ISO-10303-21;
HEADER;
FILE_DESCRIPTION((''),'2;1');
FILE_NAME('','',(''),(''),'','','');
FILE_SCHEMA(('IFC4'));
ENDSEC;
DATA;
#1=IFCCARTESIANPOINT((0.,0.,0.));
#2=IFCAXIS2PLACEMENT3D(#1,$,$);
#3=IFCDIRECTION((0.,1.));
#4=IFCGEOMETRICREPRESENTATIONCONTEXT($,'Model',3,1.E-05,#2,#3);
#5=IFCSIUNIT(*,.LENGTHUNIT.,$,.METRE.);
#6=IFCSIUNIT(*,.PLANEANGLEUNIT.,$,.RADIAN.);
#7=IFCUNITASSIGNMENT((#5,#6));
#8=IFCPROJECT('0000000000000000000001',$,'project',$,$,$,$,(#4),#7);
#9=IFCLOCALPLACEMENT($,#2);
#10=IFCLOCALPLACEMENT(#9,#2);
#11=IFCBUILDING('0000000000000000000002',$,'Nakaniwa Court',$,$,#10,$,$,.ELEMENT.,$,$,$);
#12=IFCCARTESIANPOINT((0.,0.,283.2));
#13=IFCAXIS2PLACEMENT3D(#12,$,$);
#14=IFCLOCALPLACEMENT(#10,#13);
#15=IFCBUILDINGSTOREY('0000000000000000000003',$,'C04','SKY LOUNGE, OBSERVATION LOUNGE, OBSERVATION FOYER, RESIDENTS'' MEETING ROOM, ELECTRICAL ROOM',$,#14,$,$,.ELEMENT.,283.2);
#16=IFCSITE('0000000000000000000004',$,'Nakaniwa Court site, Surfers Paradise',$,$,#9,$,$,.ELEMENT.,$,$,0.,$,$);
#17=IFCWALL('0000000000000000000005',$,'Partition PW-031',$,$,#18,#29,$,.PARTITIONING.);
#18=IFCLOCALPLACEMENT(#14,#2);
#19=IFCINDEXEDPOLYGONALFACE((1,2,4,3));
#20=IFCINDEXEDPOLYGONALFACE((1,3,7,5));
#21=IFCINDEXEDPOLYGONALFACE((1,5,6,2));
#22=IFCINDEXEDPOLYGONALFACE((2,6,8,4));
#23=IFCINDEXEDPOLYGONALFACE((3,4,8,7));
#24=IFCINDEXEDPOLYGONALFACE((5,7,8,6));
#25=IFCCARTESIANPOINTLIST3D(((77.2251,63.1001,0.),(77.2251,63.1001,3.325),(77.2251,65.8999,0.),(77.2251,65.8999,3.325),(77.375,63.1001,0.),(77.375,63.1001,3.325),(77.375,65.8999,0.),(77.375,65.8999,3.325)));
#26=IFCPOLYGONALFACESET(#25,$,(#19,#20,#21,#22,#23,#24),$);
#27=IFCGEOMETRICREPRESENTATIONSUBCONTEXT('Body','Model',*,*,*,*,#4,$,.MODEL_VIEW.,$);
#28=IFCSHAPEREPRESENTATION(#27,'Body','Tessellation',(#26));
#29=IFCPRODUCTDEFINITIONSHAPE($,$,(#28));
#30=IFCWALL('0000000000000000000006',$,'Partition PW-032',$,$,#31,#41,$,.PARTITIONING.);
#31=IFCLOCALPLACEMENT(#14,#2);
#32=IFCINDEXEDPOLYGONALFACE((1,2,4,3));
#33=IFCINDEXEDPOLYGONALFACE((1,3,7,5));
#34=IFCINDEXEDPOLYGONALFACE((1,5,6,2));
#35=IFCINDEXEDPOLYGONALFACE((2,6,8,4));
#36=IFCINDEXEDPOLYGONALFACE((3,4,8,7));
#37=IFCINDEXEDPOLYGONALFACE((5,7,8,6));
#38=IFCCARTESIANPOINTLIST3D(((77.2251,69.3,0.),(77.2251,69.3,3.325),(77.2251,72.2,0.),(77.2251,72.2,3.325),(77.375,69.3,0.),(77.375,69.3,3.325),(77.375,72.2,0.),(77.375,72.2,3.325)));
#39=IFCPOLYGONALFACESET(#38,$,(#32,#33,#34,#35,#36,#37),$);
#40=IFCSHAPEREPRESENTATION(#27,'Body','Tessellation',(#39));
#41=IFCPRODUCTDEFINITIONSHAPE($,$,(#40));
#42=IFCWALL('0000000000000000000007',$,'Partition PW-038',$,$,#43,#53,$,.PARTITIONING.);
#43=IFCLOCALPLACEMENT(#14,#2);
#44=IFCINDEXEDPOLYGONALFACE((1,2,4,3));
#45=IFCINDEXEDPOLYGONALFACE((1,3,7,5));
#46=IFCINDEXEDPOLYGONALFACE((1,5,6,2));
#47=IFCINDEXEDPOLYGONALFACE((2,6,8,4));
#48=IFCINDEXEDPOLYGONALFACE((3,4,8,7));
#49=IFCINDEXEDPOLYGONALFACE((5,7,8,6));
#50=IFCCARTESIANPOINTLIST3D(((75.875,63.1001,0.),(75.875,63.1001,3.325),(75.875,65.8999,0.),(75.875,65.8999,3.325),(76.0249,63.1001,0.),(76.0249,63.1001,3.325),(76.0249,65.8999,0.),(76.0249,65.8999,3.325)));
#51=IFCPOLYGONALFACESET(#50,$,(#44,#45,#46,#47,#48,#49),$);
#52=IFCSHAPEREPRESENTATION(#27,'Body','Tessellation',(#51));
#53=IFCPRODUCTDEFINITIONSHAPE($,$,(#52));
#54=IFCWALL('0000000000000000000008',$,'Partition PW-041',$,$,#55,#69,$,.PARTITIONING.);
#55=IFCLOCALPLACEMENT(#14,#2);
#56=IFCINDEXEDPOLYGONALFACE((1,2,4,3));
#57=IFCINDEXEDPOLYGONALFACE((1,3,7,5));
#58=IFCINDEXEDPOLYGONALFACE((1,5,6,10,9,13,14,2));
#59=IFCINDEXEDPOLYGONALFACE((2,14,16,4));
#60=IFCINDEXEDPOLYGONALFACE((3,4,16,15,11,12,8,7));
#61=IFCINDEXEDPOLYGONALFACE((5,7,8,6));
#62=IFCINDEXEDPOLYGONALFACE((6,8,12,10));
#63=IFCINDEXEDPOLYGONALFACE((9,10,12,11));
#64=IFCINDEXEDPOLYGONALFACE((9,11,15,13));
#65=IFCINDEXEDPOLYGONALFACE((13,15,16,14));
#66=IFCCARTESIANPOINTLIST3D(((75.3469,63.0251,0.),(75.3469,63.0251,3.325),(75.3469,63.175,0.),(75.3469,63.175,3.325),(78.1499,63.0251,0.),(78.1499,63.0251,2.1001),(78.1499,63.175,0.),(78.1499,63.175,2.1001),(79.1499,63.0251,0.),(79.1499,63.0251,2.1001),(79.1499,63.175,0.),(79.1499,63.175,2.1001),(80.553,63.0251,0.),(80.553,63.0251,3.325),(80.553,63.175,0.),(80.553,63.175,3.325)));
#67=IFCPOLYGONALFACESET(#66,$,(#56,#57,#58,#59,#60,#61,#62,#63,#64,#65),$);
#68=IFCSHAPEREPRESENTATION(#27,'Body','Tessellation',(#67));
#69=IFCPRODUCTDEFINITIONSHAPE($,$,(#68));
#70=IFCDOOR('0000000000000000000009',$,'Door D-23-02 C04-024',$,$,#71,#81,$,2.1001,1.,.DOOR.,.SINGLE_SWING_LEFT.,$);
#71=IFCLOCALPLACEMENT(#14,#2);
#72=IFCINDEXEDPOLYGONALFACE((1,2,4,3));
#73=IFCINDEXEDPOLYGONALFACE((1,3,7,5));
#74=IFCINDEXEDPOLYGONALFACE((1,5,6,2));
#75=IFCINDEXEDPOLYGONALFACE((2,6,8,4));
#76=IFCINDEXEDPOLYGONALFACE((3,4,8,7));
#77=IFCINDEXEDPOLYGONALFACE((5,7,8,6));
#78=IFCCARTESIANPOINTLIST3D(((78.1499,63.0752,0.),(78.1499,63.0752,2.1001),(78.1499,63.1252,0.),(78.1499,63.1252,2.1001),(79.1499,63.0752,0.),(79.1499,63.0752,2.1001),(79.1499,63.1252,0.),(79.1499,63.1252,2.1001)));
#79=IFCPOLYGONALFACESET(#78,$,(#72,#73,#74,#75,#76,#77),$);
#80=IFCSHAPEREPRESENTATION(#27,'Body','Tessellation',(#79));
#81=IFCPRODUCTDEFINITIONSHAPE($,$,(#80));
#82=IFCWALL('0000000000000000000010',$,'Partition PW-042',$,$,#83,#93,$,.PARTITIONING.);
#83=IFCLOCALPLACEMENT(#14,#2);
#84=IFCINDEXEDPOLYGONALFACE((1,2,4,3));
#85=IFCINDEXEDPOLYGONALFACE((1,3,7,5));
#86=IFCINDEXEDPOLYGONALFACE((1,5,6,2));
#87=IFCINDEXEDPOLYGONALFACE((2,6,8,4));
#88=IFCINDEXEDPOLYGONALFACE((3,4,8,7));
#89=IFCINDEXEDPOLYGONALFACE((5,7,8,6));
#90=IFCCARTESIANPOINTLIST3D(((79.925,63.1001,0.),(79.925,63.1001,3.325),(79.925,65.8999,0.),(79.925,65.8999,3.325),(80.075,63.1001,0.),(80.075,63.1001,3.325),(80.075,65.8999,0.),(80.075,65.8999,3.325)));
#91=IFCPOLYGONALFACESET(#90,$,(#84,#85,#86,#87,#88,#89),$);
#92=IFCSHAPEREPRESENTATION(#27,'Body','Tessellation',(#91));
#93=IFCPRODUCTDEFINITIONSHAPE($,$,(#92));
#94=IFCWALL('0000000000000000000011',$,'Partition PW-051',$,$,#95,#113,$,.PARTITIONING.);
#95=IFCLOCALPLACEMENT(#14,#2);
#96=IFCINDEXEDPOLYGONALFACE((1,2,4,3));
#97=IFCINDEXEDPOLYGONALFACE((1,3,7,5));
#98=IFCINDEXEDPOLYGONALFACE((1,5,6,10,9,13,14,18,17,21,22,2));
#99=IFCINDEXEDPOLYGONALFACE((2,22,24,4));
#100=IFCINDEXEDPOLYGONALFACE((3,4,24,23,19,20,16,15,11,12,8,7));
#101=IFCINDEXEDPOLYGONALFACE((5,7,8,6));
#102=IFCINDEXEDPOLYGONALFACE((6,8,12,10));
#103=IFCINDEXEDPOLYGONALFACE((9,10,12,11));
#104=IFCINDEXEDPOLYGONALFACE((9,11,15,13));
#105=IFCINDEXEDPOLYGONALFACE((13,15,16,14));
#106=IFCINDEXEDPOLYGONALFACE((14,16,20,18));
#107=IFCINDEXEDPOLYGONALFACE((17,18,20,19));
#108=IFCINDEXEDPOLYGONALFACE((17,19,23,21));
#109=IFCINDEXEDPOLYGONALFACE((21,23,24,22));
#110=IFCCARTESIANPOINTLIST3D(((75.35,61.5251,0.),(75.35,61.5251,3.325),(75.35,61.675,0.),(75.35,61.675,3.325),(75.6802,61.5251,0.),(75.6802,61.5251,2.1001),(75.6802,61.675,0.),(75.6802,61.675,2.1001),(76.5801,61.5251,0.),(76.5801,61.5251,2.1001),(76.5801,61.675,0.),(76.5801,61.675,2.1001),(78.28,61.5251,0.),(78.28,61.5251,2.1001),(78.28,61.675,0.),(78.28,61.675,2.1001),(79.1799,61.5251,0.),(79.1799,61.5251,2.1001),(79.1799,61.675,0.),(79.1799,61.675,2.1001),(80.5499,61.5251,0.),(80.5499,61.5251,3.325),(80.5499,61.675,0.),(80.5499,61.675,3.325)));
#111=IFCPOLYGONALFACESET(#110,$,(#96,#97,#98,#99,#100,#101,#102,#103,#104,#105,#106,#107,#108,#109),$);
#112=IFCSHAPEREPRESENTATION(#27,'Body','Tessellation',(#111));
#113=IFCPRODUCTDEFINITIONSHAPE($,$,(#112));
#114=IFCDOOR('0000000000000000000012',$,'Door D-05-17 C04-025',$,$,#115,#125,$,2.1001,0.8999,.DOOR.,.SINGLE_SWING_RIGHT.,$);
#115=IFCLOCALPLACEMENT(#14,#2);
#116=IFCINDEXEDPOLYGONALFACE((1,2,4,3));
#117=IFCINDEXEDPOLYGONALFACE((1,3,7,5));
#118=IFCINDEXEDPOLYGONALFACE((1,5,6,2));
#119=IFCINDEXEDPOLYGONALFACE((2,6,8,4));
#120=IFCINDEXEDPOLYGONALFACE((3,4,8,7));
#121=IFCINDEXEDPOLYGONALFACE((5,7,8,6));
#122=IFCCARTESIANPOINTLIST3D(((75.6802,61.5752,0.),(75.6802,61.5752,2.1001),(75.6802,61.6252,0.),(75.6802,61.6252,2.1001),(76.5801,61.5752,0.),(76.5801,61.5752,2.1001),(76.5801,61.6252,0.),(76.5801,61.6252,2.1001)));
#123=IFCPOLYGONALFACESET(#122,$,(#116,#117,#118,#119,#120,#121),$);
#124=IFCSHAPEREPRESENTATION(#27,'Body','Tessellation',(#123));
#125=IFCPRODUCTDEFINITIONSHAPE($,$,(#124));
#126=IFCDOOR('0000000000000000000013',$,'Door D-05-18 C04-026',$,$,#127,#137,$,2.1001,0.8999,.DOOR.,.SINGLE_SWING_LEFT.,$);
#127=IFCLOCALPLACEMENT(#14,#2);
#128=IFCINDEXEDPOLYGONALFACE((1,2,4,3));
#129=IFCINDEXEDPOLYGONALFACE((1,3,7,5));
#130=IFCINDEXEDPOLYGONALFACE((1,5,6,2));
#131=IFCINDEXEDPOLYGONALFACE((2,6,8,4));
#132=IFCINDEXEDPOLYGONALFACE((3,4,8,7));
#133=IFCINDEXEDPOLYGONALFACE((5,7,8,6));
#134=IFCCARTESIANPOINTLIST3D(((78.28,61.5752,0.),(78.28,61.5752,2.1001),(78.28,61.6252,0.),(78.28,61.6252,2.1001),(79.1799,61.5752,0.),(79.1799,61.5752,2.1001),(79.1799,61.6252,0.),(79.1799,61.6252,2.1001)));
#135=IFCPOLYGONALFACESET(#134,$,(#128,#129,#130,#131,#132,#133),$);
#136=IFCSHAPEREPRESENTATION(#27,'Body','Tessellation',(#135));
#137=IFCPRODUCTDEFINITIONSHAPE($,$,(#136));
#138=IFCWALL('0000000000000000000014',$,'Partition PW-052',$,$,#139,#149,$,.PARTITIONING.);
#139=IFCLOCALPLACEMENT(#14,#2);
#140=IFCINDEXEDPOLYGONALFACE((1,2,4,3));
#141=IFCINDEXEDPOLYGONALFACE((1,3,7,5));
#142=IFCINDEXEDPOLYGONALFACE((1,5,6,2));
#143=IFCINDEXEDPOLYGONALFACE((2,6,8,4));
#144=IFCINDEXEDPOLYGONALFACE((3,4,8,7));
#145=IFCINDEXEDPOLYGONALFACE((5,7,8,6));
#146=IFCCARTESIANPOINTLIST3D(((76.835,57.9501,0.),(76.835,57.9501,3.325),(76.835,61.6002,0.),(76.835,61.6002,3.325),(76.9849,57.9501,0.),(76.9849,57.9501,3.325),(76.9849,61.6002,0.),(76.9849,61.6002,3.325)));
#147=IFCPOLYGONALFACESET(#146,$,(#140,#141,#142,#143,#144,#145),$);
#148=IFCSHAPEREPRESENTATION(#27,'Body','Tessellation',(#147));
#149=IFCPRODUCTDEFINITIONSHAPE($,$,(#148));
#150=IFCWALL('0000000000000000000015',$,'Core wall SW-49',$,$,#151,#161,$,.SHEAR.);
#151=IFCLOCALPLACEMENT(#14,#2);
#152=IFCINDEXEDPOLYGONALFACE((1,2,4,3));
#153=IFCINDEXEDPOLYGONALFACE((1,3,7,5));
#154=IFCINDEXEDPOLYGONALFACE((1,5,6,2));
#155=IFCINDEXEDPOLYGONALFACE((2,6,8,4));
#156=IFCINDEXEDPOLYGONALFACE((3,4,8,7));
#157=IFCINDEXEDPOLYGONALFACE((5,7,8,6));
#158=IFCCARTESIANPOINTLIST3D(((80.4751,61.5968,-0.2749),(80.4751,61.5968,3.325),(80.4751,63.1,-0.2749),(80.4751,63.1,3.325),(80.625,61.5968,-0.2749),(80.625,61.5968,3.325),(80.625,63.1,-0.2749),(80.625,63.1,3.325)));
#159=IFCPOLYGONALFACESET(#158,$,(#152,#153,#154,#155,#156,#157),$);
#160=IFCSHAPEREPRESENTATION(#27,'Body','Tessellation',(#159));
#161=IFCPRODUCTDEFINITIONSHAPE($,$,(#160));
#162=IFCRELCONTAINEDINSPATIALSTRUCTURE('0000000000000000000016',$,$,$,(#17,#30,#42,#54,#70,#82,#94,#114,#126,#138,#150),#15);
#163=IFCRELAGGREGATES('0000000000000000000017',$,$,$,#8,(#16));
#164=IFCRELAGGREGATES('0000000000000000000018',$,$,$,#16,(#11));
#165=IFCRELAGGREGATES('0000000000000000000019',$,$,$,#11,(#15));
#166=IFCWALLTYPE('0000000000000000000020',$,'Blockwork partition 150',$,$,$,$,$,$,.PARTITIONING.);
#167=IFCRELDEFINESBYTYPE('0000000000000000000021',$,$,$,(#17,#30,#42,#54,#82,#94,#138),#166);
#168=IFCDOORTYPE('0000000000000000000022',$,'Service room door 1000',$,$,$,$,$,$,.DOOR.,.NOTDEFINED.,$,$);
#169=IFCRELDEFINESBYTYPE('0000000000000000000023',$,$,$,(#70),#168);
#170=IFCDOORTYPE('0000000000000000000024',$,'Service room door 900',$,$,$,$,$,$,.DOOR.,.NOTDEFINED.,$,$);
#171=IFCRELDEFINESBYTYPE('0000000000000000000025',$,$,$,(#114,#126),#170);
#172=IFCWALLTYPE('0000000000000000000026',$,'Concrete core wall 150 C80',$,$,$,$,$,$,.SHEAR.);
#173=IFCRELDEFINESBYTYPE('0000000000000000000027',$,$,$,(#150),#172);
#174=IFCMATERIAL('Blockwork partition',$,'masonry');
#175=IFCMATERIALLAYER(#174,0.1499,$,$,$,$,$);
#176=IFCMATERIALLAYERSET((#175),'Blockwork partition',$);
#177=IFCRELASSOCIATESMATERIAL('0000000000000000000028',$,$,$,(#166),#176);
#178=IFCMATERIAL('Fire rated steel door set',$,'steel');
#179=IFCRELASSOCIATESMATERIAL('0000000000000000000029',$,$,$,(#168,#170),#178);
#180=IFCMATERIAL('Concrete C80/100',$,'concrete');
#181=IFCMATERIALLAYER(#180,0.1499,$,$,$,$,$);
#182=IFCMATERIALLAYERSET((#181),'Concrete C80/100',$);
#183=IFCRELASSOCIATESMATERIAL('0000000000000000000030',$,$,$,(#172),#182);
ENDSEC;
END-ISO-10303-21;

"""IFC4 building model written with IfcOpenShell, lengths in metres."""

from ifc_helpers import new_model, si_unit, direction, frame, frame_2d, origin, place, context, subcontext, project, spatial, rectangle, extrude, material, layer, layer_set, type_object, element, fill, save


model = new_model("IFC4")

# Units and contexts
model_context = context("Model", 3, precision=1e-05, world=origin(), true_north=direction((0.0, 1.0)))
body_context = subcontext(model_context, "Body", "Model", "MODEL_VIEW")
ifc_project = project(units=[si_unit("LENGTHUNIT", "METRE"), si_unit("PLANEANGLEUNIT", "RADIAN")], contexts=[model_context])

# Site, building, storey
site_placement = place(None, origin())
site = spatial("IfcSite", under=ifc_project, at=site_placement, Name="Nakaniwa Court site, Surfers Paradise", CompositionType="ELEMENT", RefElevation=0.0)
building_placement = place(site_placement, origin())
building = spatial("IfcBuilding", under=site, at=building_placement, Name="Nakaniwa Court", CompositionType="ELEMENT")
storey_placement = place(building_placement, frame((0.0, 0.0, 283.2)))
storey = spatial("IfcBuildingStorey", under=building, at=storey_placement, Name="C04", Description="SKY LOUNGE, OBSERVATION LOUNGE, OBSERVATION FOYER, RESIDENTS' MEETING ROOM, ELECTRICAL ROOM", CompositionType="ELEMENT", Elevation=283.2)

# Walls
ifc_material_1 = material(Name="Blockwork partition", Category="masonry")
ifc_layer_1 = layer(ifc_material_1, 0.1499)
ifc_layer_set_1 = layer_set([ifc_layer_1], Name="Blockwork partition")
wall_type_1 = type_object("IfcWallType", Name="Blockwork partition 150", PredefinedType="PARTITIONING", material=ifc_layer_set_1)
wall_1_placement = place(storey_placement, frame((77.3, 63.1001, 0.0), z_axis=(0.0, 0.0, 1.0), x_axis=(0.0, 1.0, 0.0)))
element("IfcWall", 1, at=wall_1_placement, inside=storey, type_object=wall_type_1, Name="Partition PW-031", PredefinedType="PARTITIONING", context=body_context, shape_type="SweptSolid", body=[
    extrude(rectangle(XDim=2.7998, YDim=0.1499, at=frame_2d((1.3999, 0.0))), origin(), (0.0, 0.0, 1.0), 3.325),
])
wall_2_placement = place(storey_placement, frame((77.3, 69.3, 0.0), z_axis=(0.0, 0.0, 1.0), x_axis=(0.0, 1.0, 0.0)))
element("IfcWall", 2, at=wall_2_placement, inside=storey, type_object=wall_type_1, Name="Partition PW-032", PredefinedType="PARTITIONING", context=body_context, shape_type="SweptSolid", body=[
    extrude(rectangle(XDim=2.8999, YDim=0.1499, at=frame_2d((1.45, 0.0))), origin(), (0.0, 0.0, 1.0), 3.325),
])
wall_3_placement = place(storey_placement, frame((75.95, 63.1001, 0.0), z_axis=(0.0, 0.0, 1.0), x_axis=(0.0, 1.0, 0.0)))
element("IfcWall", 3, at=wall_3_placement, inside=storey, type_object=wall_type_1, Name="Partition PW-038", PredefinedType="PARTITIONING", context=body_context, shape_type="SweptSolid", body=[
    extrude(rectangle(XDim=2.7998, YDim=0.1499, at=frame_2d((1.3999, 0.0))), origin(), (0.0, 0.0, 1.0), 3.325),
])

# Wall, opening, door
wall_4_placement = place(storey_placement, frame((80.553, 63.1001, 0.0), z_axis=(0.0, 0.0, 1.0), x_axis=(-1.0, 0.0, 0.0)))
wall_4 = element("IfcWall", 4, at=wall_4_placement, inside=storey, type_object=wall_type_1, Name="Partition PW-041", PredefinedType="PARTITIONING", context=body_context, shape_type="SweptSolid", body=[
    extrude(rectangle(XDim=5.2061, YDim=0.1499, at=frame_2d((2.603, 0.0))), origin(), (0.0, 0.0, 1.0), 3.325),
])
opening_1_placement = place(wall_4_placement, frame((1.4031, 0.0, 0.0)))
opening_1 = element("IfcOpeningElement", 5, at=opening_1_placement, cuts=wall_4, PredefinedType="OPENING", context=body_context, shape_type="SweptSolid", body=[
    extrude(rectangle(XDim=1.0, YDim=2.1001, at=frame_2d((0.5, 1.05))), frame((0.0, 0.085, 0.0), z_axis=(0.0, -1.0, 0.0), x_axis=(1.0, 0.0, 0.0)), (0.0, 0.0, 1.0), 0.1699),
])
ifc_material_2 = material(Name="Fire rated steel door set", Category="steel")
door_type_1 = type_object("IfcDoorType", Name="Service room door 1000", OperationType="NOTDEFINED", PredefinedType="DOOR", material=ifc_material_2)
door_1_placement = place(opening_1_placement, origin())
door_1 = element("IfcDoor", 6, at=door_1_placement, inside=storey, type_object=door_type_1, Name="Door D-23-02 C04-024", OperationType="SINGLE_SWING_LEFT", OverallHeight=2.1001, OverallWidth=1.0, PredefinedType="DOOR", context=body_context, shape_type="SweptSolid", body=[
    extrude(rectangle(XDim=1.0, YDim=2.1001, at=frame_2d((0.5, 1.05))), frame((0.0, 0.0249, 0.0), z_axis=(0.0, -1.0, 0.0), x_axis=(1.0, 0.0, 0.0)), (0.0, 0.0, 1.0), 0.05),
])
fill(opening_1, door_1)

# Wall
wall_5_placement = place(storey_placement, frame((80.0, 63.1001, 0.0), z_axis=(0.0, 0.0, 1.0), x_axis=(0.0, 1.0, 0.0)))
element("IfcWall", 7, at=wall_5_placement, inside=storey, type_object=wall_type_1, Name="Partition PW-042", PredefinedType="PARTITIONING", context=body_context, shape_type="SweptSolid", body=[
    extrude(rectangle(XDim=2.7998, YDim=0.1499, at=frame_2d((1.3999, 0.0))), origin(), (0.0, 0.0, 1.0), 3.325),
])

# Wall, openings, doors
wall_6_placement = place(storey_placement, frame((80.55, 61.6001, 0.0), z_axis=(0.0, 0.0, 1.0), x_axis=(-1.0, 0.0, 0.0)))
wall_6 = element("IfcWall", 8, at=wall_6_placement, inside=storey, type_object=wall_type_1, Name="Partition PW-051", PredefinedType="PARTITIONING", context=body_context, shape_type="SweptSolid", body=[
    extrude(rectangle(XDim=5.2, YDim=0.1499, at=frame_2d((2.6001, 0.0))), origin(), (0.0, 0.0, 1.0), 3.325),
])
opening_2_placement = place(wall_6_placement, frame((3.97, 0.0, 0.0)))
opening_2 = element("IfcOpeningElement", 9, at=opening_2_placement, cuts=wall_6, PredefinedType="OPENING", context=body_context, shape_type="SweptSolid", body=[
    extrude(rectangle(XDim=0.8999, YDim=2.1001, at=frame_2d((0.45, 1.05))), frame((0.0, 0.085, 0.0), z_axis=(0.0, -1.0, 0.0), x_axis=(1.0, 0.0, 0.0)), (0.0, 0.0, 1.0), 0.1699),
])
opening_3_placement = place(wall_6_placement, frame((1.3701, 0.0, 0.0)))
opening_3 = element("IfcOpeningElement", 10, at=opening_3_placement, cuts=wall_6, PredefinedType="OPENING", context=body_context, shape_type="SweptSolid", body=[
    extrude(rectangle(XDim=0.8999, YDim=2.1001, at=frame_2d((0.45, 1.05))), frame((0.0, 0.085, 0.0), z_axis=(0.0, -1.0, 0.0), x_axis=(1.0, 0.0, 0.0)), (0.0, 0.0, 1.0), 0.1699),
])
door_type_2 = type_object("IfcDoorType", Name="Service room door 900", OperationType="NOTDEFINED", PredefinedType="DOOR", material=ifc_material_2)
door_2_placement = place(opening_2_placement, origin())
door_2 = element("IfcDoor", 11, at=door_2_placement, inside=storey, type_object=door_type_2, Name="Door D-05-17 C04-025", OperationType="SINGLE_SWING_RIGHT", OverallHeight=2.1001, OverallWidth=0.8999, PredefinedType="DOOR", context=body_context, shape_type="SweptSolid", body=[
    extrude(rectangle(XDim=0.8999, YDim=2.1001, at=frame_2d((0.45, 1.05))), frame((0.0, 0.0249, 0.0), z_axis=(0.0, -1.0, 0.0), x_axis=(1.0, 0.0, 0.0)), (0.0, 0.0, 1.0), 0.05),
])
fill(opening_2, door_2)
door_3_placement = place(opening_3_placement, origin())
door_3 = element("IfcDoor", 12, at=door_3_placement, inside=storey, type_object=door_type_2, Name="Door D-05-18 C04-026", OperationType="SINGLE_SWING_LEFT", OverallHeight=2.1001, OverallWidth=0.8999, PredefinedType="DOOR", context=body_context, shape_type="SweptSolid", body=[
    extrude(rectangle(XDim=0.8999, YDim=2.1001, at=frame_2d((0.45, 1.05))), frame((0.0, 0.0249, 0.0), z_axis=(0.0, -1.0, 0.0), x_axis=(1.0, 0.0, 0.0)), (0.0, 0.0, 1.0), 0.05),
])
fill(opening_3, door_3)

# Walls
wall_7_placement = place(storey_placement, frame((76.9099, 57.95, 0.0), z_axis=(0.0, 0.0, 1.0), x_axis=(0.0, 1.0, 0.0)))
element("IfcWall", 13, at=wall_7_placement, inside=storey, type_object=wall_type_1, Name="Partition PW-052", PredefinedType="PARTITIONING", context=body_context, shape_type="SweptSolid", body=[
    extrude(rectangle(XDim=3.6501, YDim=0.1499, at=frame_2d((1.8252, 0.0))), origin(), (0.0, 0.0, 1.0), 3.325),
])
ifc_material_3 = material(Name="Concrete C80/100", Category="concrete")
ifc_layer_2 = layer(ifc_material_3, 0.1499)
ifc_layer_set_2 = layer_set([ifc_layer_2], Name="Concrete C80/100")
wall_type_2 = type_object("IfcWallType", Name="Concrete core wall 150 C80", PredefinedType="SHEAR", material=ifc_layer_set_2)
wall_8_placement = place(storey_placement, frame((80.55, 61.5969, -0.2749), z_axis=(0.0, 0.0, 1.0), x_axis=(0.0, 1.0, 0.0)))
element("IfcWall", 14, at=wall_8_placement, inside=storey, type_object=wall_type_2, Name="Core wall SW-49", PredefinedType="SHEAR", context=body_context, shape_type="SweptSolid", body=[
    extrude(rectangle(XDim=1.5032, YDim=0.1499, at=frame_2d((0.7515, 0.0))), origin(), (0.0, 0.0, 1.0), 3.5999),
])

save(model, "model.ifc")
